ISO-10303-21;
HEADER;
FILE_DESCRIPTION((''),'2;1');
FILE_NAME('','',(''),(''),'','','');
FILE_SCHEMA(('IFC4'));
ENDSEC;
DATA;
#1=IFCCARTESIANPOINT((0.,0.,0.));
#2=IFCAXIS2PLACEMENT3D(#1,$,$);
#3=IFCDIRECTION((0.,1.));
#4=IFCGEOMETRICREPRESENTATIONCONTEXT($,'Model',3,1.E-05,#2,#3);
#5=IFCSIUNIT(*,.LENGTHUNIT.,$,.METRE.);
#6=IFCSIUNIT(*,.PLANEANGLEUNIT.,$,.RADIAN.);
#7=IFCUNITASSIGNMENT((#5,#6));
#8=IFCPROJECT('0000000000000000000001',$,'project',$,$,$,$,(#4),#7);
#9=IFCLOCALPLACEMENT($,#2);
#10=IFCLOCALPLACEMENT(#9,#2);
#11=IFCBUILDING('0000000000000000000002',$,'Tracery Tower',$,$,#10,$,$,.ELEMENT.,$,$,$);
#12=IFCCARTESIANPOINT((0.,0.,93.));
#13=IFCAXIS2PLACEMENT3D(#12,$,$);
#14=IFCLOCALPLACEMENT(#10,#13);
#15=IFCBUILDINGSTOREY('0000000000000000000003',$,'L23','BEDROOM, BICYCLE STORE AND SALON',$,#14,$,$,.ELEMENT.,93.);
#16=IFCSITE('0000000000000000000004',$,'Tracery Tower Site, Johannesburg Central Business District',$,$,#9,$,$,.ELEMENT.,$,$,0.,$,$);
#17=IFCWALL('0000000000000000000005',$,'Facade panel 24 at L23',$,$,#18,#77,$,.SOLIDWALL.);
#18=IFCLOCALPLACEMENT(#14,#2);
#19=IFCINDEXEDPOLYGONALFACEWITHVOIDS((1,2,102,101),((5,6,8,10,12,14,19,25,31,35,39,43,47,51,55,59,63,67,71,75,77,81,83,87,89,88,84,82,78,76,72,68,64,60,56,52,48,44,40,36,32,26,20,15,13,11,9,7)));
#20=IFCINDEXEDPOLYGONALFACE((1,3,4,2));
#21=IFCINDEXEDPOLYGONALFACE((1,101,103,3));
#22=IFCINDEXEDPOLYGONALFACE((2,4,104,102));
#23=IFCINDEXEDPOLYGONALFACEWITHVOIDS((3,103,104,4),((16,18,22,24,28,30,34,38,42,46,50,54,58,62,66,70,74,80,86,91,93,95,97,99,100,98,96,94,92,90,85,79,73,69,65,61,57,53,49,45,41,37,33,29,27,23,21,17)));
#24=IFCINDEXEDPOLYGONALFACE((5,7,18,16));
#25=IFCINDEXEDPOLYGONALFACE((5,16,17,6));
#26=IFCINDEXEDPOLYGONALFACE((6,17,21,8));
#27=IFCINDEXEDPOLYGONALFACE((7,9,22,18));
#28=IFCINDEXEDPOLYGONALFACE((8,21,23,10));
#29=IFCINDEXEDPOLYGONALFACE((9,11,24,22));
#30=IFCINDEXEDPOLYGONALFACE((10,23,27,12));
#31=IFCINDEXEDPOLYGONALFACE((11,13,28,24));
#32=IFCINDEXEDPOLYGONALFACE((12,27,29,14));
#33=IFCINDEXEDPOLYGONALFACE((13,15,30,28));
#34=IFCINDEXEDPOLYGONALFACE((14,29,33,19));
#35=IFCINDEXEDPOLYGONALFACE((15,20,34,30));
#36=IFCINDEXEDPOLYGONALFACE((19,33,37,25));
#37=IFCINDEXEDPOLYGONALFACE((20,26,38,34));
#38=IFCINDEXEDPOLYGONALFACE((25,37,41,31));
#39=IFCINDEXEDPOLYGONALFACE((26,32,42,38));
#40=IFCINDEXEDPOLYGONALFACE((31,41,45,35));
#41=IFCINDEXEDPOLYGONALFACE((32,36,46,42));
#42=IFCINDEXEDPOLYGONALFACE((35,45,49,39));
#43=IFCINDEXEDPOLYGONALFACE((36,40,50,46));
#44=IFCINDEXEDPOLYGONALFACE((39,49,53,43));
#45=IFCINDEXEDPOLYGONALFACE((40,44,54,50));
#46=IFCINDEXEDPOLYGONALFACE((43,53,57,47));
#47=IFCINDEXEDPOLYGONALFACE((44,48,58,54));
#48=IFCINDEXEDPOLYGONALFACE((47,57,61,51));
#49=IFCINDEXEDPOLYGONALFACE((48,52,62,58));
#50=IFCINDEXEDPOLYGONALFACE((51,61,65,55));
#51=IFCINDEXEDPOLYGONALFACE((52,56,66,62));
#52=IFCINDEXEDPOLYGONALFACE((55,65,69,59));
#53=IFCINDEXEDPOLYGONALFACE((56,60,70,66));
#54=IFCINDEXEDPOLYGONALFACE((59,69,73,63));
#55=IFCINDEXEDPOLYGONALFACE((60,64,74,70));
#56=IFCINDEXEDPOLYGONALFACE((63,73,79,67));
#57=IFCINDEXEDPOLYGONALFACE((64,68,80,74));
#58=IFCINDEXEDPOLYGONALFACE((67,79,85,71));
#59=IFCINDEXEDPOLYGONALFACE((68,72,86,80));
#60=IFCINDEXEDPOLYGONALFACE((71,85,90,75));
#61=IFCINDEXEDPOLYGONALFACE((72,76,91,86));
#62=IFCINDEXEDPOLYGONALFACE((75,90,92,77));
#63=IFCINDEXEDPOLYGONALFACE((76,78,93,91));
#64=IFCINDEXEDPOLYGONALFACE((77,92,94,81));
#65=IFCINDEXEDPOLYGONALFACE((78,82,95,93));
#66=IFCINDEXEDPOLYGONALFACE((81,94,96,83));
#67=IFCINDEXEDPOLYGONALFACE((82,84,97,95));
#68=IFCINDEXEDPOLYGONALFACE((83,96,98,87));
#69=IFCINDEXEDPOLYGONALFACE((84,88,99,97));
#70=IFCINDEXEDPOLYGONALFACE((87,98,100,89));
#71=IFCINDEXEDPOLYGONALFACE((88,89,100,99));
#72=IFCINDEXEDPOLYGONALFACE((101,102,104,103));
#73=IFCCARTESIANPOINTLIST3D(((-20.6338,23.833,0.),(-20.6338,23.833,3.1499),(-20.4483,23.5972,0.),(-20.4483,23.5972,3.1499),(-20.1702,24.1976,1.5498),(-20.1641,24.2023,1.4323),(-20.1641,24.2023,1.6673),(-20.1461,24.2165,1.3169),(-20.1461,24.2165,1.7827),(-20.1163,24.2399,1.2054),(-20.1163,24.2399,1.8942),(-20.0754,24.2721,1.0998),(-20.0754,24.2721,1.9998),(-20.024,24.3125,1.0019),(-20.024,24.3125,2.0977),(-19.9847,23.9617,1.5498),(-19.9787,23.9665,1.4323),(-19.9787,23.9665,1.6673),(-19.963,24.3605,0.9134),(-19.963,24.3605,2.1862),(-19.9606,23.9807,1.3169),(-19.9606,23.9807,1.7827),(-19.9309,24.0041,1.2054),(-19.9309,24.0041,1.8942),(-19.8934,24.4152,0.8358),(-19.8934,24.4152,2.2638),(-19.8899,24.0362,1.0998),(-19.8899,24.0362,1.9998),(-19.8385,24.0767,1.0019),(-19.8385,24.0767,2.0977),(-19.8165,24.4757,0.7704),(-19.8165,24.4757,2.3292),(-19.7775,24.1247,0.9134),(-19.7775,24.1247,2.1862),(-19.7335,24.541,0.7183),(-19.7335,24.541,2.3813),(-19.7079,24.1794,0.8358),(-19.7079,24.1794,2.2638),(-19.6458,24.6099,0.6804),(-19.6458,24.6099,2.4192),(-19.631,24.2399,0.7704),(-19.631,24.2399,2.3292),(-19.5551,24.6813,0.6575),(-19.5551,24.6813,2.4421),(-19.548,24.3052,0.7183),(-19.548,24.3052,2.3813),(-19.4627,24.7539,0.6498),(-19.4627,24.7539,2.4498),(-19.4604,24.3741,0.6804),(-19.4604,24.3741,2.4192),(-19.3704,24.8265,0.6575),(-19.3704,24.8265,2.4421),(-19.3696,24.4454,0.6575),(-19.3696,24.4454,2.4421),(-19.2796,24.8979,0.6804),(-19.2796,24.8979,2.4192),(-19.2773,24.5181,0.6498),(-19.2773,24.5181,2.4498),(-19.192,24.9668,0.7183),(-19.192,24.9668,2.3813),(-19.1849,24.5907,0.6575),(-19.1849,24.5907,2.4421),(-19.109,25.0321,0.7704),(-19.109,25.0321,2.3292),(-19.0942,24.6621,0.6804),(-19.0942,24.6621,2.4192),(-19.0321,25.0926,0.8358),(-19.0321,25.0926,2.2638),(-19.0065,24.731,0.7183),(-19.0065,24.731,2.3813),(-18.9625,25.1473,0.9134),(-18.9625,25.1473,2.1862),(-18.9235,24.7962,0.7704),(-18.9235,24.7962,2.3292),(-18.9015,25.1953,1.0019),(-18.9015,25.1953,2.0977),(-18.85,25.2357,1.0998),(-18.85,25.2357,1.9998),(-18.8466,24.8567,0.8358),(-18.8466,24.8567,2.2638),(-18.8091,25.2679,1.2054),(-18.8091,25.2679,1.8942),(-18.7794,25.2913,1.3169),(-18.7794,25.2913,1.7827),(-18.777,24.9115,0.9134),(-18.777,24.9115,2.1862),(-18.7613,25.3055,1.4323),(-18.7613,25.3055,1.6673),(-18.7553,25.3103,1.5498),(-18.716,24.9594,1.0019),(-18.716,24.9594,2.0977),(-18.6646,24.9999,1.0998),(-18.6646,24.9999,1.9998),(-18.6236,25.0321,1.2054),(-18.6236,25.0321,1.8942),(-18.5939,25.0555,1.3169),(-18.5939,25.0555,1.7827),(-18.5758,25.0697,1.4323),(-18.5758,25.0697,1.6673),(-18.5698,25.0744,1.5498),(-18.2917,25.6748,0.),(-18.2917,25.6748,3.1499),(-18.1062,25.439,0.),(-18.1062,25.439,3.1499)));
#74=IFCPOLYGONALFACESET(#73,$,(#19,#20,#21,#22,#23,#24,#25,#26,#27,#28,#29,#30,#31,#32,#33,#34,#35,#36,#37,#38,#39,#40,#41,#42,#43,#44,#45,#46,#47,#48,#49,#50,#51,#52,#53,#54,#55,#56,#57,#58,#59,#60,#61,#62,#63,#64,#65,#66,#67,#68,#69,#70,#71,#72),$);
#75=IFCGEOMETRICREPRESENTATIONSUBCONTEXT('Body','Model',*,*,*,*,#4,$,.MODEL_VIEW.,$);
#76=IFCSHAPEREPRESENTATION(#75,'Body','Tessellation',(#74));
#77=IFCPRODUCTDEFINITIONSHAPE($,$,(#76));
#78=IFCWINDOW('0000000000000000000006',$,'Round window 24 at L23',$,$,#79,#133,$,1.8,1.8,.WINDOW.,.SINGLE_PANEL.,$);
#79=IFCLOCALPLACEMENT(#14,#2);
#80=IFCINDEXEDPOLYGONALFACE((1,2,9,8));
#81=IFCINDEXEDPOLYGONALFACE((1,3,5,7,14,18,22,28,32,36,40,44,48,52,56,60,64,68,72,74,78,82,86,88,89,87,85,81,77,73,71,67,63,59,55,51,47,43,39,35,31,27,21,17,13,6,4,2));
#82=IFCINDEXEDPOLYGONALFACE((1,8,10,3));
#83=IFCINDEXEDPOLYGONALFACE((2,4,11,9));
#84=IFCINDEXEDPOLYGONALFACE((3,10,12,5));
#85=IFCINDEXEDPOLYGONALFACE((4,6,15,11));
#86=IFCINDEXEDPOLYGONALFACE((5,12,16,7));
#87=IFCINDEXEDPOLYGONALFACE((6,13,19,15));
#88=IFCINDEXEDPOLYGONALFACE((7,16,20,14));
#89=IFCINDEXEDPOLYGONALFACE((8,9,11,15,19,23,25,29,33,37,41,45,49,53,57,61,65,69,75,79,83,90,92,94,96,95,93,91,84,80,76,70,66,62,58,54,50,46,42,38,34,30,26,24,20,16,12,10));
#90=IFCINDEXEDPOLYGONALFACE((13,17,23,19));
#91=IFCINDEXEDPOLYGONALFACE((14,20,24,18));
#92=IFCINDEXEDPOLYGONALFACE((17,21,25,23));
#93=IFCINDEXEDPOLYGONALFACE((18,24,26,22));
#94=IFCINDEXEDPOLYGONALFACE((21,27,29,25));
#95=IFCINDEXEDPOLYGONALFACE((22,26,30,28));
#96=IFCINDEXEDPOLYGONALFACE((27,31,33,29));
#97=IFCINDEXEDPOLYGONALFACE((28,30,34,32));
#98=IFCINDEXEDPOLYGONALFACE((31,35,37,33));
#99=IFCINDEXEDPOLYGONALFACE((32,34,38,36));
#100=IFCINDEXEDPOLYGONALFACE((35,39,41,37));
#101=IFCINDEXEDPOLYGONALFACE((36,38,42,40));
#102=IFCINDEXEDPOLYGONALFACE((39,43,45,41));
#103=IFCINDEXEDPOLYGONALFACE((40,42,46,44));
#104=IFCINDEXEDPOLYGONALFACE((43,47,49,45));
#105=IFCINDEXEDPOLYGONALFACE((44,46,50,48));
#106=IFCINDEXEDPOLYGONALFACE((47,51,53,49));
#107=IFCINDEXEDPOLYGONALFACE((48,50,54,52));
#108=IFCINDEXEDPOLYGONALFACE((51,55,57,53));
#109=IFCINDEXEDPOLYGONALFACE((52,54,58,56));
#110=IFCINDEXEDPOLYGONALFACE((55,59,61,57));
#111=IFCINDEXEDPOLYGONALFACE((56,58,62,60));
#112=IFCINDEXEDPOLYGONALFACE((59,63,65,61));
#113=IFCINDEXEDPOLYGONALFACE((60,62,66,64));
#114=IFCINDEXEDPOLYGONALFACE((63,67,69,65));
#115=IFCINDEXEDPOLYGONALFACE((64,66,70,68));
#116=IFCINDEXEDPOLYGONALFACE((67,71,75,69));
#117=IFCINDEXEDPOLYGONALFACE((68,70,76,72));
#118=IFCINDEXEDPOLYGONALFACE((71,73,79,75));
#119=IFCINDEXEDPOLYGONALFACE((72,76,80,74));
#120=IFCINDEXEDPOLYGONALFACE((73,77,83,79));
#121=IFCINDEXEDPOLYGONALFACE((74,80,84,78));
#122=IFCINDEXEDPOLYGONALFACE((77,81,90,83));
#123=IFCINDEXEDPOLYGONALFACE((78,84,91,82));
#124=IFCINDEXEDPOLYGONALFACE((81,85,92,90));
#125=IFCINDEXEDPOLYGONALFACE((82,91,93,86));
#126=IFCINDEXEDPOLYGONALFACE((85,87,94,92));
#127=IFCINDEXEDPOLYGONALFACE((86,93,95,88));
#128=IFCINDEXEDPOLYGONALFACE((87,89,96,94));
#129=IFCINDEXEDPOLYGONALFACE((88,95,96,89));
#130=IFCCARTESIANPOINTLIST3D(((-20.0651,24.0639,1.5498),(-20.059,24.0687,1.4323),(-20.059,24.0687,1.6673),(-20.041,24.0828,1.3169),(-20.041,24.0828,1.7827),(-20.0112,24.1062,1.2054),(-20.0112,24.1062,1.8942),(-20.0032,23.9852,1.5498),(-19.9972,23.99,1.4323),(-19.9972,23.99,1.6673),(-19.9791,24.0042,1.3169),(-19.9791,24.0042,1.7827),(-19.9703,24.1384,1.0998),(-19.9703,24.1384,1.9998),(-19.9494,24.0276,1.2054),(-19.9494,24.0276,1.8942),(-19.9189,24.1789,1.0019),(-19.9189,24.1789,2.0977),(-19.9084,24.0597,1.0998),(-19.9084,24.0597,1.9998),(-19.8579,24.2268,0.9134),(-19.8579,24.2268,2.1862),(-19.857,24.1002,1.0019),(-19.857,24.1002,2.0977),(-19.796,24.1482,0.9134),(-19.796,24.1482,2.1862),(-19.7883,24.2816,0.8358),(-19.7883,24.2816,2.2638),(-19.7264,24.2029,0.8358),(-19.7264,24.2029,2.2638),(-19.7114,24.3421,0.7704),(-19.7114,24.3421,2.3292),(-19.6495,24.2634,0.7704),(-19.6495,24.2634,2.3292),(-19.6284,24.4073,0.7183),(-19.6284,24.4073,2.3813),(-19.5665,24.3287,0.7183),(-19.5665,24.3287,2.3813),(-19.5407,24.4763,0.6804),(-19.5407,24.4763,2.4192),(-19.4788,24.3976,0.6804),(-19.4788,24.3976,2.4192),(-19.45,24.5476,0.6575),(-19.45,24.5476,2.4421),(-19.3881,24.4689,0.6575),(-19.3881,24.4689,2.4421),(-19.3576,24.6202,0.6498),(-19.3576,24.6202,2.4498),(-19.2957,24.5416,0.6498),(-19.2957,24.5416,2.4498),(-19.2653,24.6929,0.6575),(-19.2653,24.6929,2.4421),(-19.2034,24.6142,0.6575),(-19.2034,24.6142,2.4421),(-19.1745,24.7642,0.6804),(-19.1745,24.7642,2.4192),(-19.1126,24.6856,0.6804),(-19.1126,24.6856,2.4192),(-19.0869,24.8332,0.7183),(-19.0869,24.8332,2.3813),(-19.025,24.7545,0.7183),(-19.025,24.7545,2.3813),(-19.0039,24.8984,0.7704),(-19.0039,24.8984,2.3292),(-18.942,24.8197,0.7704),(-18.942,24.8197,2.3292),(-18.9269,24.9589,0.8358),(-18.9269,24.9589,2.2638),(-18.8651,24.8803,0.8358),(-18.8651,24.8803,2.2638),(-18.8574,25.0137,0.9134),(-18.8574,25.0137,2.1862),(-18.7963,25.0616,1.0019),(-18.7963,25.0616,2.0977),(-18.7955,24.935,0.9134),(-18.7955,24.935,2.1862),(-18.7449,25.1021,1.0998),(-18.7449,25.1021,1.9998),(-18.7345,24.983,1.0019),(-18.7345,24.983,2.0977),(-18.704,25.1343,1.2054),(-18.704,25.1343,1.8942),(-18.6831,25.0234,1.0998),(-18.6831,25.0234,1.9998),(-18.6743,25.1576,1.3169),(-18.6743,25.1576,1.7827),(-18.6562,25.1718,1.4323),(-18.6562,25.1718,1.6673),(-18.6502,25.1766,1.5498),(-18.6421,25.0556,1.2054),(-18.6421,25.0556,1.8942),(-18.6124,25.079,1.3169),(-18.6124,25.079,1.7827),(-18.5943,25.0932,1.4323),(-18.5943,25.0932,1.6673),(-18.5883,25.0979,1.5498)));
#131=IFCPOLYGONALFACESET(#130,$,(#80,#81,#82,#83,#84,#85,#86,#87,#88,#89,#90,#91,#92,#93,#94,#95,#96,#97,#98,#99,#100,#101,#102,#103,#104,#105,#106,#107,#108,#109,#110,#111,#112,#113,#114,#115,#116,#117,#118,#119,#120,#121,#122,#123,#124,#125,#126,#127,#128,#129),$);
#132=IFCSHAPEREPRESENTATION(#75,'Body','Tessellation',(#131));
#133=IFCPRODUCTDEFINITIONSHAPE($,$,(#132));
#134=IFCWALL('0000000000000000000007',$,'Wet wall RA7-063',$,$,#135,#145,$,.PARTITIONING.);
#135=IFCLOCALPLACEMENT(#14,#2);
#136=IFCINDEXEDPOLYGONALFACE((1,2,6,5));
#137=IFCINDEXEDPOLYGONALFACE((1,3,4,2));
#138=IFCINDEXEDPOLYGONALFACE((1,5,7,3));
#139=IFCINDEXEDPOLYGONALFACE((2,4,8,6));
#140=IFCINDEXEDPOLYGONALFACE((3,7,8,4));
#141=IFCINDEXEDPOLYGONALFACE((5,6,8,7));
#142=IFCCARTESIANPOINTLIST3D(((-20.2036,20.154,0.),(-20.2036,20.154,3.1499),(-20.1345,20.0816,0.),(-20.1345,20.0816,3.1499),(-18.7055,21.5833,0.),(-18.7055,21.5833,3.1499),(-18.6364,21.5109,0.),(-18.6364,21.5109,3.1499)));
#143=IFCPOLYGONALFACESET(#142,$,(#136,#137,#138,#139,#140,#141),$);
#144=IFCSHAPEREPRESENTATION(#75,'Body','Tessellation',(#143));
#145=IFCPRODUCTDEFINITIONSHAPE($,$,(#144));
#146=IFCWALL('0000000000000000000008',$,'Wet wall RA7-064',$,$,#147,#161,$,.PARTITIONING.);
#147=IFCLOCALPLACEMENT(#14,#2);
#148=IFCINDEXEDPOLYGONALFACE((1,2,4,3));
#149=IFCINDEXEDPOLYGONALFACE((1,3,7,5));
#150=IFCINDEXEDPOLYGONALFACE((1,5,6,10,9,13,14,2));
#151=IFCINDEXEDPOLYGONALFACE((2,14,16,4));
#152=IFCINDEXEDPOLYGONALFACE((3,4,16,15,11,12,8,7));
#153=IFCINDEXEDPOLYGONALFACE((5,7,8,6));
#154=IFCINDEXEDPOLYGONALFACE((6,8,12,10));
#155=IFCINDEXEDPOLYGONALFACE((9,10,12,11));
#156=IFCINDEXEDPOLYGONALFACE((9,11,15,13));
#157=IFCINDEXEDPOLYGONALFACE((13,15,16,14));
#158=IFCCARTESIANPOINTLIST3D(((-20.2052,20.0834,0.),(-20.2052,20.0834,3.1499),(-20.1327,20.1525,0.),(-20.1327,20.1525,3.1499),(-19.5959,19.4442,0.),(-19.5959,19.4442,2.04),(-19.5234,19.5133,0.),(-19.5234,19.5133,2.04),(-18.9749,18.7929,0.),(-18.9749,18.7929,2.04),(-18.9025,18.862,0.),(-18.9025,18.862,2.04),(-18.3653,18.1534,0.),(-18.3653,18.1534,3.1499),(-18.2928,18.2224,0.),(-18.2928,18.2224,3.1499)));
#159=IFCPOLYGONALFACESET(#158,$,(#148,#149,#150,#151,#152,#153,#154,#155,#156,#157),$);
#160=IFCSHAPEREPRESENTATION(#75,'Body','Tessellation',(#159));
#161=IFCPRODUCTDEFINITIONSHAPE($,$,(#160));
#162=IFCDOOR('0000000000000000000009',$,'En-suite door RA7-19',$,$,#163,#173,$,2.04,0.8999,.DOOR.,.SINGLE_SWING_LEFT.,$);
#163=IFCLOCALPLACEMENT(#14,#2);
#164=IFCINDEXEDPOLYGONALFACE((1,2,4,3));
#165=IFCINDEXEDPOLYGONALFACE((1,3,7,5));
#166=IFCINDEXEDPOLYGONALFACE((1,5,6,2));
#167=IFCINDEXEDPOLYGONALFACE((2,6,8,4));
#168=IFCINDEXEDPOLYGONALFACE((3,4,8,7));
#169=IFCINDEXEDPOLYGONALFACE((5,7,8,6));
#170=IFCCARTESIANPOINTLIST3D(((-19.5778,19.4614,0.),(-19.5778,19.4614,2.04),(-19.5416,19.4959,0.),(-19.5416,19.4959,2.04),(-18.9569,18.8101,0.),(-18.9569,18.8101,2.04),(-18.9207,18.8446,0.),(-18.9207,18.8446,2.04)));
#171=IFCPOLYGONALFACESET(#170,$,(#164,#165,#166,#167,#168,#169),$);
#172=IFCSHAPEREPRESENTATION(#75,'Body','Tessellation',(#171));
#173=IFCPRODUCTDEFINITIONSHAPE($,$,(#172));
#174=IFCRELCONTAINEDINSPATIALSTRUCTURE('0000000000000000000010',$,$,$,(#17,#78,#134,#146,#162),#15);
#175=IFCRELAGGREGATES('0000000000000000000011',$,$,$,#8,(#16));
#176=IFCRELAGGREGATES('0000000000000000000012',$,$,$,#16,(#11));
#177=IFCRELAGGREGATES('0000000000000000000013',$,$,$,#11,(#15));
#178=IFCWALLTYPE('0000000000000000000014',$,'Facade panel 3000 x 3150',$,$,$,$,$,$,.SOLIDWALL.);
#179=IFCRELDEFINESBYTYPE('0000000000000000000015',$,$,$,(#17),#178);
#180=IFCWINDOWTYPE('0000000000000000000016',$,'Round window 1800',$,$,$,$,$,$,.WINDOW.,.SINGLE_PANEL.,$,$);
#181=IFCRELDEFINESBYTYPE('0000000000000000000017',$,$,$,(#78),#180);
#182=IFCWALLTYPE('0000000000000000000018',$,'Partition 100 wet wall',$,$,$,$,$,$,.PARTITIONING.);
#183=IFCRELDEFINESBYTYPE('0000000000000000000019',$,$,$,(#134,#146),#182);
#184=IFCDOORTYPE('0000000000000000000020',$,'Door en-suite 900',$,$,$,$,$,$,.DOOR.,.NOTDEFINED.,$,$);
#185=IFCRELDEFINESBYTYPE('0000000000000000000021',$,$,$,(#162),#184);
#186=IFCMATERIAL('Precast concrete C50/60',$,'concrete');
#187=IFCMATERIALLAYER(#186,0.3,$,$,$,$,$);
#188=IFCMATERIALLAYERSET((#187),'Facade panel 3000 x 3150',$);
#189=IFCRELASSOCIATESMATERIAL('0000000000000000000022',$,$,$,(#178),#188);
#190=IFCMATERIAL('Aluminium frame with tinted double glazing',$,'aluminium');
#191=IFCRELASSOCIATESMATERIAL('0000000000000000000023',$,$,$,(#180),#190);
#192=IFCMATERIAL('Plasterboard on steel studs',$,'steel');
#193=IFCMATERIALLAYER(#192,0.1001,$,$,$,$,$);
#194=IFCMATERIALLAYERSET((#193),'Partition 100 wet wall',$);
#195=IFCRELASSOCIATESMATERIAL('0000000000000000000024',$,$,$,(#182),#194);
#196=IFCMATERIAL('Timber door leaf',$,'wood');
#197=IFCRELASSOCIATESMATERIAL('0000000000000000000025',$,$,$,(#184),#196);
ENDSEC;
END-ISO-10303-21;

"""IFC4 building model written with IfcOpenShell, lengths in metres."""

from ifc_helpers import new_model, si_unit, direction, frame, frame_2d, origin, origin_2d, place, context, subcontext, project, spatial, rectangle, circle, extrude, material, layer, layer_set, type_object, element, fill, save


model = new_model("IFC4")

# Units and contexts
model_context = context("Model", 3, precision=1e-05, world=origin(), true_north=direction((0.0, 1.0)))
body_context = subcontext(model_context, "Body", "Model", "MODEL_VIEW")
ifc_project = project(units=[si_unit("LENGTHUNIT", "METRE"), si_unit("PLANEANGLEUNIT", "RADIAN")], contexts=[model_context])

# Site, building, storey
site_placement = place(None, origin())
site = spatial("IfcSite", under=ifc_project, at=site_placement, Name="Tracery Tower Site, Johannesburg Central Business District", CompositionType="ELEMENT", RefElevation=0.0)
building_placement = place(site_placement, origin())
building = spatial("IfcBuilding", under=site, at=building_placement, Name="Tracery Tower", CompositionType="ELEMENT")
storey_placement = place(building_placement, frame((0.0, 0.0, 93.0)))
storey = spatial("IfcBuildingStorey", under=building, at=storey_placement, Name="L23", Description="BEDROOM, BICYCLE STORE AND SALON", CompositionType="ELEMENT", Elevation=93.0)

# Wall, opening, window
ifc_material_1 = material(Name="Precast concrete C50/60", Category="concrete")
ifc_layer_1 = layer(ifc_material_1, 0.3)
ifc_layer_set_1 = layer_set([ifc_layer_1], Name="Facade panel 3000 x 3150")
wall_type_1 = type_object("IfcWallType", Name="Facade panel 3000 x 3150", PredefinedType="SOLIDWALL", material=ifc_layer_set_1)
ifc_material_2 = material(Name="Aluminium frame with tinted double glazing", Category="aluminium")
window_type = type_object("IfcWindowType", Name="Round window 1800", PartitioningType="SINGLE_PANEL", PredefinedType="WINDOW", material=ifc_material_2)
wall_1_placement = place(storey_placement, frame((-18.199, 25.5569, 0.0), z_axis=(0.0, 0.0, 1.0), x_axis=(-0.786054, -0.618158, 0.0)))
wall_1 = element("IfcWall", 1, at=wall_1_placement, inside=storey, type_object=wall_type_1, Name="Facade panel 24 at L23", PredefinedType="SOLIDWALL", context=body_context, shape_type="SweptSolid", body=[
    extrude(rectangle(XDim=2.9795, YDim=0.3, at=frame_2d((1.4897, 0.0))), origin(), (0.0, 0.0, 1.0), 3.1499),
])
opening_1_placement = place(wall_1_placement, frame((1.4897, 0.0, 1.5498)))
opening_1 = element("IfcOpeningElement", 2, at=opening_1_placement, cuts=wall_1, PredefinedType="OPENING", context=body_context, shape_type="SweptSolid", body=[
    extrude(circle(Radius=0.9, at=origin_2d()), frame((0.0, 0.1599, 0.0), z_axis=(0.0, -1.0, 0.0), x_axis=(1.0, 0.0, 0.0)), (0.0, 0.0, 1.0), 0.3201),
])
window_1_placement = place(opening_1_placement, origin())
window_1 = element("IfcWindow", 3, at=window_1_placement, inside=storey, type_object=window_type, Name="Round window 24 at L23", OverallHeight=1.8, OverallWidth=1.8, PartitioningType="SINGLE_PANEL", PredefinedType="WINDOW", context=body_context, shape_type="SweptSolid", body=[
    extrude(circle(Radius=0.9, at=origin_2d()), frame((0.0, 0.1201, 0.0), z_axis=(0.0, -1.0, 0.0), x_axis=(1.0, 0.0, 0.0)), (0.0, 0.0, 1.0), 0.1001),
])
fill(opening_1, window_1)

# Wall
ifc_material_3 = material(Name="Plasterboard on steel studs", Category="steel")
ifc_layer_2 = layer(ifc_material_3, 0.1001)
ifc_layer_set_2 = layer_set([ifc_layer_2], Name="Partition 100 wet wall")
wall_type_2 = type_object("IfcWallType", Name="Partition 100 wet wall", PredefinedType="PARTITIONING", material=ifc_layer_set_2)
wall_2_placement = place(storey_placement, frame((-20.1689, 20.1179, 0.0), z_axis=(0.0, 0.0, 1.0), x_axis=(0.723538, 0.690285, 0.0)))
element("IfcWall", 4, at=wall_2_placement, inside=storey, type_object=wall_type_2, Name="Wet wall RA7-063", PredefinedType="PARTITIONING", context=body_context, shape_type="SweptSolid", body=[
    extrude(rectangle(XDim=2.0706, YDim=0.1001, at=frame_2d((1.0352, 0.0))), origin(), (0.0, 0.0, 1.0), 3.1499),
])

# Wall, opening, door
wall_3_placement = place(storey_placement, frame((-20.1689, 20.1179, 0.0), z_axis=(0.0, 0.0, 1.0), x_axis=(0.690012, -0.723798, 0.0)))
wall_3 = element("IfcWall", 5, at=wall_3_placement, inside=storey, type_object=wall_type_2, Name="Wet wall RA7-064", PredefinedType="PARTITIONING", context=body_context, shape_type="SweptSolid", body=[
    extrude(rectangle(XDim=2.6665, YDim=0.1001, at=frame_2d((1.3333, 0.0))), origin(), (0.0, 0.0, 1.0), 3.1499),
])
opening_2_placement = place(wall_3_placement, frame((0.8831, 0.0, 0.0)))
opening_2 = element("IfcOpeningElement", 6, at=opening_2_placement, cuts=wall_3, PredefinedType="OPENING", context=body_context, shape_type="SweptSolid", body=[
    extrude(rectangle(XDim=0.8999, YDim=2.04, at=frame_2d((0.45, 1.02))), frame((0.0, 0.05, 0.0), z_axis=(0.0, -1.0, 0.0), x_axis=(1.0, 0.0, 0.0)), (0.0, 0.0, 1.0), 0.1001),
])
ifc_material_4 = material(Name="Timber door leaf", Category="wood")
door_type_1 = type_object("IfcDoorType", Name="Door en-suite 900", OperationType="NOTDEFINED", PredefinedType="DOOR", material=ifc_material_4)
door_1_placement = place(opening_2_placement, origin())
door_1 = element("IfcDoor", 7, at=door_1_placement, inside=storey, type_object=door_type_1, Name="En-suite door RA7-19", OperationType="SINGLE_SWING_LEFT", OverallHeight=2.04, OverallWidth=0.8999, PredefinedType="DOOR", context=body_context, shape_type="SweptSolid", body=[
    extrude(rectangle(XDim=0.8999, YDim=2.04, at=frame_2d((0.45, 1.02))), frame((0.0, 0.0249, 0.0), z_axis=(0.0, -1.0, 0.0), x_axis=(1.0, 0.0, 0.0)), (0.0, 0.0, 1.0), 0.05),
])
fill(opening_2, door_1)

save(model, "model.ifc")
